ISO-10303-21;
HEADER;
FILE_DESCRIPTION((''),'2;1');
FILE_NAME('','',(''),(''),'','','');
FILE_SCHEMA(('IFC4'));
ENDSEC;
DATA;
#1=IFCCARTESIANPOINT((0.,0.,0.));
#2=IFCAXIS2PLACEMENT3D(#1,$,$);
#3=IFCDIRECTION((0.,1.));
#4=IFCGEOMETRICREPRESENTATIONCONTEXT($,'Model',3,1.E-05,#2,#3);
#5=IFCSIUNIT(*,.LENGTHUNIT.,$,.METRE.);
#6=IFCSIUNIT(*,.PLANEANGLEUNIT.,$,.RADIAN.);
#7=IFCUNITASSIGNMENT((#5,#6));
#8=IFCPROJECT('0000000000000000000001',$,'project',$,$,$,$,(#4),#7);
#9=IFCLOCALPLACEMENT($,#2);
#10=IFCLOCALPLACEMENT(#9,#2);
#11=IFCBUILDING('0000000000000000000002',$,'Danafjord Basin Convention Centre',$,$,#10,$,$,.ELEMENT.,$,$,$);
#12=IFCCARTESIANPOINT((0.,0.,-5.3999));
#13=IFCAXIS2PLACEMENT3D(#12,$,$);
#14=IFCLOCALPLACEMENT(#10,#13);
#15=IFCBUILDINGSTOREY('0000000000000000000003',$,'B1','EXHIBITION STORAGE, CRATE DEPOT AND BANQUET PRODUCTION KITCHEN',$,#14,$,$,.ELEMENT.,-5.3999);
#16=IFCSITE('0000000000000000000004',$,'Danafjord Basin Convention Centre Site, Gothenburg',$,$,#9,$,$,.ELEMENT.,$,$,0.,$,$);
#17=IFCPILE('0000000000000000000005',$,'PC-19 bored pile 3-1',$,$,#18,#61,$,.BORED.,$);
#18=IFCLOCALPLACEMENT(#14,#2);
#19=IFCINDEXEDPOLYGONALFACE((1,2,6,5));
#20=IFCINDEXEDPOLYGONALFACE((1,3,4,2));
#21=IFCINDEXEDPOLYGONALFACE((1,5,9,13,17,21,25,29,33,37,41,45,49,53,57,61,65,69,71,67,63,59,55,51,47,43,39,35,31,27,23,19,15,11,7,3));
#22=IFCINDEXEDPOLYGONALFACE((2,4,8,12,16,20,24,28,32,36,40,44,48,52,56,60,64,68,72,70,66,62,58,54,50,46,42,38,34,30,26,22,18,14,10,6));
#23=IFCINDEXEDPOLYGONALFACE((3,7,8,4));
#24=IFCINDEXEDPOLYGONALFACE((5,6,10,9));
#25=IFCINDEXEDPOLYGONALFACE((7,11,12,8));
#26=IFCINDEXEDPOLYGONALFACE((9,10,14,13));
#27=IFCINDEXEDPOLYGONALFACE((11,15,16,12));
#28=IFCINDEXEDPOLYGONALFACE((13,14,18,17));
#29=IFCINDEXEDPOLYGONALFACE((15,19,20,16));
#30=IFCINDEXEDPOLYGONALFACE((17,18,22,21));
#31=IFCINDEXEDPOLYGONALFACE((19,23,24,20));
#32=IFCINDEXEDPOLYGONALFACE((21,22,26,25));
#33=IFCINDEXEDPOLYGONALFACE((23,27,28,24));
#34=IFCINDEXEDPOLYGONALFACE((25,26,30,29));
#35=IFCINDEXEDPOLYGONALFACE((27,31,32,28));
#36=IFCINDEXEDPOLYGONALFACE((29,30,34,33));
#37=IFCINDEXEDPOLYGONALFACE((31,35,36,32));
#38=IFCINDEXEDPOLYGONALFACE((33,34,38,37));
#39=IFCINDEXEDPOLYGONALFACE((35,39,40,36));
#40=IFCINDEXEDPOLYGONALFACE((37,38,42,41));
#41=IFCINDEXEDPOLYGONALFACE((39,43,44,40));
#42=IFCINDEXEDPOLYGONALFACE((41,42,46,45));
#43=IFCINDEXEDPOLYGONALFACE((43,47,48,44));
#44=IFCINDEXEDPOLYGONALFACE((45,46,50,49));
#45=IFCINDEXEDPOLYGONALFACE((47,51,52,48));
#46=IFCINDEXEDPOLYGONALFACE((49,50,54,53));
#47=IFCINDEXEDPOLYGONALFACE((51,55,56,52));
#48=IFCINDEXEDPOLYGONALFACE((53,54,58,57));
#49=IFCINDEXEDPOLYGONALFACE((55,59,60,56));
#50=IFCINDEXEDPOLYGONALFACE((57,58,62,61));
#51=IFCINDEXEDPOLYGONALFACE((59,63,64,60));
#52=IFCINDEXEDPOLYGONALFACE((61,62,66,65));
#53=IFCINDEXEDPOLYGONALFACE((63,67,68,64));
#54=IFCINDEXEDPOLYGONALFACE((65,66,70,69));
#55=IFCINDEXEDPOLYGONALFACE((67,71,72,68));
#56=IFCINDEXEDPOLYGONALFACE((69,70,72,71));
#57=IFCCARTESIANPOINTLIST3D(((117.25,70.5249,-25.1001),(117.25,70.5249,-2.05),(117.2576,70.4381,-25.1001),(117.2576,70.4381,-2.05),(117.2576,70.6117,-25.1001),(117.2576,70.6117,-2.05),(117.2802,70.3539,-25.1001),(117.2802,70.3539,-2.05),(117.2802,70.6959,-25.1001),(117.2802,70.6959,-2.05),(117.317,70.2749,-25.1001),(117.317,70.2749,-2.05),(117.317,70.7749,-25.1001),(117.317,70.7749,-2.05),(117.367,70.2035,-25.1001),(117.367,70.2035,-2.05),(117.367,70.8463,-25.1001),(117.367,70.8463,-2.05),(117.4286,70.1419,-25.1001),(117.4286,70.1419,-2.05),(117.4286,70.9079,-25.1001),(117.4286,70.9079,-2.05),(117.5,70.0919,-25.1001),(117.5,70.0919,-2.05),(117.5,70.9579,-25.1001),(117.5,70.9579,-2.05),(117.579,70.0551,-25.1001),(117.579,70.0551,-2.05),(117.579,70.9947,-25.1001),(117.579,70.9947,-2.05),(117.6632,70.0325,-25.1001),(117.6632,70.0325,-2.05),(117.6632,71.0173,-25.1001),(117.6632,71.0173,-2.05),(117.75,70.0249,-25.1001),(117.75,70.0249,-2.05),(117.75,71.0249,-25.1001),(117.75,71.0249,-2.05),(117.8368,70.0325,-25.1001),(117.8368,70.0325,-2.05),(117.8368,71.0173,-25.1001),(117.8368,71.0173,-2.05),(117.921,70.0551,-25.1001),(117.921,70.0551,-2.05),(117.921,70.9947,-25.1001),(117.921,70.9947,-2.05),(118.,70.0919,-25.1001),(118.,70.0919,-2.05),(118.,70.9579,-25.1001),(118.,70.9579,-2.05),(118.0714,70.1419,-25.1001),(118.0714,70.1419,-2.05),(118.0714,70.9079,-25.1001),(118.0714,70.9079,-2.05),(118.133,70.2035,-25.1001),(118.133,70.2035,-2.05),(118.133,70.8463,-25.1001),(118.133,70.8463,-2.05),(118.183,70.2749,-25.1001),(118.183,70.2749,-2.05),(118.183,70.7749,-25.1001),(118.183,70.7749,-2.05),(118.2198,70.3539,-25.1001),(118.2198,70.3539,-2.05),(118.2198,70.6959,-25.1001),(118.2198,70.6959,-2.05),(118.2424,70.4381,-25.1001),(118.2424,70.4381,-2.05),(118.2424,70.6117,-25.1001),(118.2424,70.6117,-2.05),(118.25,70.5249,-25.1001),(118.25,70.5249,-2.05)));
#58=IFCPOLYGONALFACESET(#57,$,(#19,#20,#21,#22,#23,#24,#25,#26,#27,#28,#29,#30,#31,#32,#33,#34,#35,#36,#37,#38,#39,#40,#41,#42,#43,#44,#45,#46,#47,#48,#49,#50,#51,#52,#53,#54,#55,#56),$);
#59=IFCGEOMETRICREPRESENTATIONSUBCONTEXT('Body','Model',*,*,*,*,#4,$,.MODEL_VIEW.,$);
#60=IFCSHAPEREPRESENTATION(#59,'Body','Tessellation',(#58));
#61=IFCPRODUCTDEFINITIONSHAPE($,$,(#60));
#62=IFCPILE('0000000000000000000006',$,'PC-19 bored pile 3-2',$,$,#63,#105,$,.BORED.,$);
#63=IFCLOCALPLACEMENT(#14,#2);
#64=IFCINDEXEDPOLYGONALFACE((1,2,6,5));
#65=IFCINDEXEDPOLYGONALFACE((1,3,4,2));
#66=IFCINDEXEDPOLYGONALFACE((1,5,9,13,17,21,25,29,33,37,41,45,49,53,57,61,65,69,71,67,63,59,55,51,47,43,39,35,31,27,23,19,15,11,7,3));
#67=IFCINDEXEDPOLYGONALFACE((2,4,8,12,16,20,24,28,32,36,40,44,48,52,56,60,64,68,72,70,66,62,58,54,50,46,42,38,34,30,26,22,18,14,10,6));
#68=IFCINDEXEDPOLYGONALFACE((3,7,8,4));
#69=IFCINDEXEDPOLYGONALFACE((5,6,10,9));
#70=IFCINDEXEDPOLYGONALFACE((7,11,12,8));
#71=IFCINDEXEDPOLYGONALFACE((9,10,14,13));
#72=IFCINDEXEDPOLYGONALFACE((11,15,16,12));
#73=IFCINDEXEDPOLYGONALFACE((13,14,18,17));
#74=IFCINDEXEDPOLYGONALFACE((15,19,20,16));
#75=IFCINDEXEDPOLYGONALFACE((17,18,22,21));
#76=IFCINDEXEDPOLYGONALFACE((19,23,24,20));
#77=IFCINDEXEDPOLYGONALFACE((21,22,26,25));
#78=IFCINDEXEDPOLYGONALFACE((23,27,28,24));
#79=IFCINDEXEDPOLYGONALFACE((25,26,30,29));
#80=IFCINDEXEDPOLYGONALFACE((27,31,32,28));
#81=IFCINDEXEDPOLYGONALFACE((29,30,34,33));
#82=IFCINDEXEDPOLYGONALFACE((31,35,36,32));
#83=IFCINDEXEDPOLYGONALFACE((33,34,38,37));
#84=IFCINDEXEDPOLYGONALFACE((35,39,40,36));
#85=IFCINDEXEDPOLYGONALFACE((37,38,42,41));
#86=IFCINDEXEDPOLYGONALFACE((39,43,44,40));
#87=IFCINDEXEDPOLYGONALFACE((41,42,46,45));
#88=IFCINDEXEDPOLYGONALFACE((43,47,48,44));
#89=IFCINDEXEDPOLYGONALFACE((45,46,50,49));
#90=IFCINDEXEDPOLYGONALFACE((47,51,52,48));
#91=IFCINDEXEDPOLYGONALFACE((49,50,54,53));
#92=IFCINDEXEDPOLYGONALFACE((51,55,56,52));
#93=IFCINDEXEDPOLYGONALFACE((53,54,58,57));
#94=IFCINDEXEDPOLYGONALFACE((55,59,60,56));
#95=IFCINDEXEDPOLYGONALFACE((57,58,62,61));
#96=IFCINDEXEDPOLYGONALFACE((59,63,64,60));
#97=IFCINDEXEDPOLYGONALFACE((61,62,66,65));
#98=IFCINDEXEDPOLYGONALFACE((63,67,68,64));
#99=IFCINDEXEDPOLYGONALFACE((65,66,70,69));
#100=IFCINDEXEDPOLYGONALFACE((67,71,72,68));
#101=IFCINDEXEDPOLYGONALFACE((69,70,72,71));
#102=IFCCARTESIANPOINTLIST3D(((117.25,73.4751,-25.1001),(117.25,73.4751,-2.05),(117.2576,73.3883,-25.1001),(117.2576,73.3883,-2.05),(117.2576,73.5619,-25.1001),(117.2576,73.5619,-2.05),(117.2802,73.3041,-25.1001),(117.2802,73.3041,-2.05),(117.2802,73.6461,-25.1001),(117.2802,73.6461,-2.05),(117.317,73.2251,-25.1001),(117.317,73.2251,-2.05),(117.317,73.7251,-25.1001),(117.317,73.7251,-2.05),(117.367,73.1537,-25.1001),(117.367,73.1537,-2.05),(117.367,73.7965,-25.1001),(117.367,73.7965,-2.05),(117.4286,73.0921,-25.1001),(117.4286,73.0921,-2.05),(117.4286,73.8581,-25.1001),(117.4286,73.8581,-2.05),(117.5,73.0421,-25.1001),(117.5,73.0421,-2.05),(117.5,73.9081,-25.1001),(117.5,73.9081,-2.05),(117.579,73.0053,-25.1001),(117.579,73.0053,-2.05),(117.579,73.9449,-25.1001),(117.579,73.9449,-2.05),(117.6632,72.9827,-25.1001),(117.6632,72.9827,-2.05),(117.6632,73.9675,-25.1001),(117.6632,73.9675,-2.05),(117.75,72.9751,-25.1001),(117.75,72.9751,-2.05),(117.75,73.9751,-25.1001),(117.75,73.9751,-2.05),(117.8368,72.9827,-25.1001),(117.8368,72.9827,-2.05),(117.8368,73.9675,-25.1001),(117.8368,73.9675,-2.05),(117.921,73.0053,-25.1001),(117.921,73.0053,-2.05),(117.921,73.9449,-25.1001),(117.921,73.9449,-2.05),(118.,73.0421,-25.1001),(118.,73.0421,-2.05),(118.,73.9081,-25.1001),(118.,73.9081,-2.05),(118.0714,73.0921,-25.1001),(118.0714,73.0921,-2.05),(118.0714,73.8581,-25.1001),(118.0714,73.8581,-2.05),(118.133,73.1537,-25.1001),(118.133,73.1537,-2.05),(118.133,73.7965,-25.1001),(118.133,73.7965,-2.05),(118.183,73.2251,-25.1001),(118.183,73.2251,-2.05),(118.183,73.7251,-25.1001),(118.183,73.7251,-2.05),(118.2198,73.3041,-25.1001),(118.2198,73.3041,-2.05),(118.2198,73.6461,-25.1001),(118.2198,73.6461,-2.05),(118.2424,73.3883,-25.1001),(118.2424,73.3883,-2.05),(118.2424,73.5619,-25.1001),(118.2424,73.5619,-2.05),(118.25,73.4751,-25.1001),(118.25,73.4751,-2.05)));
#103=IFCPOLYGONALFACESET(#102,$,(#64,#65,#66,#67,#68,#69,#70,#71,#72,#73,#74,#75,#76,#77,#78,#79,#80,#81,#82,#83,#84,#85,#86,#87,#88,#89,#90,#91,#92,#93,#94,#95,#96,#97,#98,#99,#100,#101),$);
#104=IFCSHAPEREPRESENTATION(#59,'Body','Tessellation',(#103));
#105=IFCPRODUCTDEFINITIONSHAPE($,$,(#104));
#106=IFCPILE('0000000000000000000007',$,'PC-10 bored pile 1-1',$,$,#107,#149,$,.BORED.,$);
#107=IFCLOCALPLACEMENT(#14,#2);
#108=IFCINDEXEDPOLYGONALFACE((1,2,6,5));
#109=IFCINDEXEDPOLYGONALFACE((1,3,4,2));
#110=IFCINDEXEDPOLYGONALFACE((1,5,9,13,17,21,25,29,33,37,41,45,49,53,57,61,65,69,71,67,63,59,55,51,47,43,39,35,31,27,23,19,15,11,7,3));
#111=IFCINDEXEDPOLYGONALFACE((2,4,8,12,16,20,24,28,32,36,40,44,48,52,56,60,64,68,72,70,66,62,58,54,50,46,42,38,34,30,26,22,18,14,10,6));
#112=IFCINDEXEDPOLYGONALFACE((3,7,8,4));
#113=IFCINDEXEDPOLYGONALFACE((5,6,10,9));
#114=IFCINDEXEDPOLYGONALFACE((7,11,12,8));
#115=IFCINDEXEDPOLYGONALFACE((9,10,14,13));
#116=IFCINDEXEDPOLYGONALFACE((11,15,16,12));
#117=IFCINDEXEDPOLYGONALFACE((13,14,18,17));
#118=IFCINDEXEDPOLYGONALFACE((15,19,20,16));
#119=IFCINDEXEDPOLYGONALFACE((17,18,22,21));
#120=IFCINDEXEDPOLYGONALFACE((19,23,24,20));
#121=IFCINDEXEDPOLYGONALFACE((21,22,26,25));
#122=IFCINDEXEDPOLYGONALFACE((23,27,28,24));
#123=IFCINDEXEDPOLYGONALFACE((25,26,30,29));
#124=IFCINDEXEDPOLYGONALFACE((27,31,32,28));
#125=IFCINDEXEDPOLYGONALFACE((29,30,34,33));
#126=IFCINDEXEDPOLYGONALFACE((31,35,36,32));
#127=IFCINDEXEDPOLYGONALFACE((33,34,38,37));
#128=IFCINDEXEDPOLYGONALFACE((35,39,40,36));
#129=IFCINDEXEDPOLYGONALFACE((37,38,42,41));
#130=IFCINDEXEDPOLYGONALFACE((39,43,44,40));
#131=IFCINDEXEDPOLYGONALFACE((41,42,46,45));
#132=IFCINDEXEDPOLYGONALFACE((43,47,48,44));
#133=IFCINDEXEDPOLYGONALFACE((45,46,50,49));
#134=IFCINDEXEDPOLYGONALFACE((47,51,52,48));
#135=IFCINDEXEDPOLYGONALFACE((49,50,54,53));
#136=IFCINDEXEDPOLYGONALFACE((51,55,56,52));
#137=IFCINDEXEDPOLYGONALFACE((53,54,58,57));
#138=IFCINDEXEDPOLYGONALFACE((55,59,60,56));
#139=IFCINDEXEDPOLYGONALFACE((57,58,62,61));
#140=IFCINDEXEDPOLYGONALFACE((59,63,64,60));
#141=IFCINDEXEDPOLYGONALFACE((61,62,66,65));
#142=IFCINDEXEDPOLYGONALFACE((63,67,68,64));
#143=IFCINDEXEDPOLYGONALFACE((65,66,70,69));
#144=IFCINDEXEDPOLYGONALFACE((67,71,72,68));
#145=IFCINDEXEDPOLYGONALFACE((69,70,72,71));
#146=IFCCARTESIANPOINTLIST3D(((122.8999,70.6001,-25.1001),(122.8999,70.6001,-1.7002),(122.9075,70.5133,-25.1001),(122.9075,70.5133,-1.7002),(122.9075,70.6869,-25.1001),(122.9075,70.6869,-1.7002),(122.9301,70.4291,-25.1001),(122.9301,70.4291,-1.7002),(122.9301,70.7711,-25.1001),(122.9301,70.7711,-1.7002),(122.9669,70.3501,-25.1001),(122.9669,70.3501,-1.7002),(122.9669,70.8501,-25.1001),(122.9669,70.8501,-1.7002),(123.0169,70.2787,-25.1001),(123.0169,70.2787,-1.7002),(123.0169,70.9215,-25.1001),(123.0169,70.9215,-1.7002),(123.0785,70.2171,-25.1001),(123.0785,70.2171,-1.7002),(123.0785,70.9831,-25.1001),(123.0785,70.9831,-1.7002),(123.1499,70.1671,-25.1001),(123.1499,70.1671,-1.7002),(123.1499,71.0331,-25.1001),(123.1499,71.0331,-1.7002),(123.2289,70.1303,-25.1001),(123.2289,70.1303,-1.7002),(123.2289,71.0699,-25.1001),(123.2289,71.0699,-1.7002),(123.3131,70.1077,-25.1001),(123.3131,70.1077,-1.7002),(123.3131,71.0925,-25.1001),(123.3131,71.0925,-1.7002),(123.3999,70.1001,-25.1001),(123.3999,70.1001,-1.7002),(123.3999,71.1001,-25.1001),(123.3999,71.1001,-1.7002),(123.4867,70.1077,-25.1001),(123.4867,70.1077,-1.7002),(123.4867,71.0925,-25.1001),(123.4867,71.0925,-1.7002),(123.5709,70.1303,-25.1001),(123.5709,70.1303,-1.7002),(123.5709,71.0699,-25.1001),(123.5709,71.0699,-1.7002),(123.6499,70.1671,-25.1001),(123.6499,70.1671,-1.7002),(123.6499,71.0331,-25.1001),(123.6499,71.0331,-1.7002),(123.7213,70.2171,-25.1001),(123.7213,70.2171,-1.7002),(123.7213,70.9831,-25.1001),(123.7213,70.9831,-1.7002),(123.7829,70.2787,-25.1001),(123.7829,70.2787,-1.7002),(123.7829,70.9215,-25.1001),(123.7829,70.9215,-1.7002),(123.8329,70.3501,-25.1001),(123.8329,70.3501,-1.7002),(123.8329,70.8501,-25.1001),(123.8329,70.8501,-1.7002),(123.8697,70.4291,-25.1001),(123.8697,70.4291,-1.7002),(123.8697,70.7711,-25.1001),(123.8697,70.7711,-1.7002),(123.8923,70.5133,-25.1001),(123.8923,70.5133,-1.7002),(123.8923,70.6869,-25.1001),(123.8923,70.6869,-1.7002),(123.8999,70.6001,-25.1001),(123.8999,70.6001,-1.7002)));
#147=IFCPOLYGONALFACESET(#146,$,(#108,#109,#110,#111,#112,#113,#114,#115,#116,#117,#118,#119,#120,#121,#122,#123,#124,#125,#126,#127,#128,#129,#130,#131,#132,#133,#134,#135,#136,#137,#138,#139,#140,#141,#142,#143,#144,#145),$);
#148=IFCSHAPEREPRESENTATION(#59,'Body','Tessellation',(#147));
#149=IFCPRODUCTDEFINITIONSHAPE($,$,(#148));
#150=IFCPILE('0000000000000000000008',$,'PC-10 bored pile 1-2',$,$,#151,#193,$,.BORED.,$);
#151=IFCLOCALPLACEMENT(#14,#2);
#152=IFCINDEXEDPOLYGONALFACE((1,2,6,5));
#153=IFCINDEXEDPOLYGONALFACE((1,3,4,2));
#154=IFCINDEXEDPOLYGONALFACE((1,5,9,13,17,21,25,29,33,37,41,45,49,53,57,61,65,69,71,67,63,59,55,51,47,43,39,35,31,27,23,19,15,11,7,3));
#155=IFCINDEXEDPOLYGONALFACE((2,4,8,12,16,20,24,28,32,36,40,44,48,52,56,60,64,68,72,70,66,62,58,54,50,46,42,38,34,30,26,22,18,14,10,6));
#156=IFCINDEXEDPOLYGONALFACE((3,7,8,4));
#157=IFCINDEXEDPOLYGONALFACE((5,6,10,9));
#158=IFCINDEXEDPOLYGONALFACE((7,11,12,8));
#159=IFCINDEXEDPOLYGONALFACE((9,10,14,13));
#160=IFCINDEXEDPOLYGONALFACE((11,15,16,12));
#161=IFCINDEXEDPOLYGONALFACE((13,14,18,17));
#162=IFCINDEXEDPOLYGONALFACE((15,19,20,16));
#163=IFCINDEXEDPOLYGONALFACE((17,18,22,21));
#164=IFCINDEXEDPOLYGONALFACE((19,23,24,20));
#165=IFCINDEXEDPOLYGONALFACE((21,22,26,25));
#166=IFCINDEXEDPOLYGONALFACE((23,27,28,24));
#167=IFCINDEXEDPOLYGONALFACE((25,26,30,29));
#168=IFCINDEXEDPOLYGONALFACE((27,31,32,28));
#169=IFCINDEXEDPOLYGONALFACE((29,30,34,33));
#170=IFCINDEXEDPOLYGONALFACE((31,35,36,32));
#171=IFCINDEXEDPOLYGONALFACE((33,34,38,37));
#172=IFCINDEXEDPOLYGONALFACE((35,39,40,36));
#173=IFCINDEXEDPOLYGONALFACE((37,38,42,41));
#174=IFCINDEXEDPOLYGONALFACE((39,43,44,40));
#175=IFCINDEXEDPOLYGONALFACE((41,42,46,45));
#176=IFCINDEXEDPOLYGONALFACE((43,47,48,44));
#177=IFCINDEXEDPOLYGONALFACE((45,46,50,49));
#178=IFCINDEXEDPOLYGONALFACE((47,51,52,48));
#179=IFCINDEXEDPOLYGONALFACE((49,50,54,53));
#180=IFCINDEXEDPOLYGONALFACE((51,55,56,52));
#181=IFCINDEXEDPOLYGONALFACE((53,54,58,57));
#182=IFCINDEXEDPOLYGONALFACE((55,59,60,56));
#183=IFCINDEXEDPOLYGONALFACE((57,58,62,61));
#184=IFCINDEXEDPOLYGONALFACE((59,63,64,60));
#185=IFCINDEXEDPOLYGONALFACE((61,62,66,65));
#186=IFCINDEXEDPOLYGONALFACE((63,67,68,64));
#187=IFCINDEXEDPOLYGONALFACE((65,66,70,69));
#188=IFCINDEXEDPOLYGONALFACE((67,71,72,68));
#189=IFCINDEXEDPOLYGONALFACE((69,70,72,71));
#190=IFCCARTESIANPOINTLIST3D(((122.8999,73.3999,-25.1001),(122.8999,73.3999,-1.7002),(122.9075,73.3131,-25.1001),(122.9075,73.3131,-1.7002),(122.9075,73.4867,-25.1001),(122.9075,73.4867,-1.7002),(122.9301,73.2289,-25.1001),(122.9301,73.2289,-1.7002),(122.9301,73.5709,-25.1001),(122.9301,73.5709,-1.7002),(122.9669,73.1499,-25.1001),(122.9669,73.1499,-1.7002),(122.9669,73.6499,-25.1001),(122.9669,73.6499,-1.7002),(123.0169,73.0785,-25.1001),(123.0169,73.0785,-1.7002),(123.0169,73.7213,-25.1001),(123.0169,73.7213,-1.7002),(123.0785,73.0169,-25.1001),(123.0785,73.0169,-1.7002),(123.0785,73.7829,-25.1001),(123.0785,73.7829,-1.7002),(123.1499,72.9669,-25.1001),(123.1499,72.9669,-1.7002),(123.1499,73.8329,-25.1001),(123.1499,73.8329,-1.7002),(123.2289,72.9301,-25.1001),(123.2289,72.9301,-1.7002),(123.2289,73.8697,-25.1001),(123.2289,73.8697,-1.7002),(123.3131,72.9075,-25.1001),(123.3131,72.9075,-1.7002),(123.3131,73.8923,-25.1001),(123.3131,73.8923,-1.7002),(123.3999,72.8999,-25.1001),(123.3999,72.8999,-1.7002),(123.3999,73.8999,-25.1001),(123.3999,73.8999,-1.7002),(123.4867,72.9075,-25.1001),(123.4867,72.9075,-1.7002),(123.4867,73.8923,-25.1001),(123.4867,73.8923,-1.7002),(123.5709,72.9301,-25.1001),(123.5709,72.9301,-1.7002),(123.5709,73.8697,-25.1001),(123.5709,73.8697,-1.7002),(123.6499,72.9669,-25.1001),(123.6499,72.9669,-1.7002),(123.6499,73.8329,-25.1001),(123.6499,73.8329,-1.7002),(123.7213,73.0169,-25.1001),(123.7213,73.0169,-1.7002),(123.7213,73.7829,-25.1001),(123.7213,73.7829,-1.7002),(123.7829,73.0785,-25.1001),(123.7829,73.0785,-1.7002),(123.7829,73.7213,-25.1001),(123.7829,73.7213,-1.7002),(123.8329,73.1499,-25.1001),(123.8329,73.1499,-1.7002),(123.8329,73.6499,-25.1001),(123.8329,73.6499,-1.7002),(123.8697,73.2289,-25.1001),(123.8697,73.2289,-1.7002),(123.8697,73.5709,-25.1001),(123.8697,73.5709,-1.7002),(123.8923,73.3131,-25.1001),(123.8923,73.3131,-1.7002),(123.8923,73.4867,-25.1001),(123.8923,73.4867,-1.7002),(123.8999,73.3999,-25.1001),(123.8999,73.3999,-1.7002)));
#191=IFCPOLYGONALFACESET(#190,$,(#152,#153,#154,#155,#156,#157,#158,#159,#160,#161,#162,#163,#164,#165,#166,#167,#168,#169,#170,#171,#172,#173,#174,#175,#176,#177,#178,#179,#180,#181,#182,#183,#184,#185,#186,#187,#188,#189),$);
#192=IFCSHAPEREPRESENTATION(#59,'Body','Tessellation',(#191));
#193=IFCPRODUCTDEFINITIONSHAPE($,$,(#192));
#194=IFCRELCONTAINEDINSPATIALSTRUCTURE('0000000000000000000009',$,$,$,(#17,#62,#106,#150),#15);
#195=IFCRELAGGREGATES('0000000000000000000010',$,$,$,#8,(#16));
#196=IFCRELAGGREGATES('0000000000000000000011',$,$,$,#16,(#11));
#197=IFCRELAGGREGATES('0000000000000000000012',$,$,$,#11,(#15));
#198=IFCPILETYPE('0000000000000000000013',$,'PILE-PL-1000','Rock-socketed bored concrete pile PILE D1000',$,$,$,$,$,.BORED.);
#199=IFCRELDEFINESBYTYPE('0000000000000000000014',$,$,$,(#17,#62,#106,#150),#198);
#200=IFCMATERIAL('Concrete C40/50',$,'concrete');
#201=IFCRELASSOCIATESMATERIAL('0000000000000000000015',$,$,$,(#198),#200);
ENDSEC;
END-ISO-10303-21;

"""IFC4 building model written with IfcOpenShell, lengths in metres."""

from ifc_helpers import new_model, si_unit, direction, frame, origin, origin_2d, place, context, subcontext, project, spatial, circle, extrude, material, material_profile, profile_set, type_object, element, save


model = new_model("IFC4")

# Units and contexts
model_context = context("Model", 3, precision=1e-05, world=origin(), true_north=direction((0.0, 1.0)))
body_context = subcontext(model_context, "Body", "Model", "MODEL_VIEW")
ifc_project = project(units=[si_unit("LENGTHUNIT", "METRE"), si_unit("PLANEANGLEUNIT", "RADIAN")], contexts=[model_context])

# Site, building, storey
site_placement = place(None, origin())
site = spatial("IfcSite", under=ifc_project, at=site_placement, Name="Danafjord Basin Convention Centre Site, Gothenburg", CompositionType="ELEMENT", RefElevation=0.0)
building_placement = place(site_placement, origin())
building = spatial("IfcBuilding", under=site, at=building_placement, Name="Danafjord Basin Convention Centre", CompositionType="ELEMENT")
storey_placement = place(building_placement, frame((0.0, 0.0, -5.3999)))
storey = spatial("IfcBuildingStorey", under=building, at=storey_placement, Name="B1", Description="EXHIBITION STORAGE, CRATE DEPOT AND BANQUET PRODUCTION KITCHEN", CompositionType="ELEMENT", Elevation=-5.3999)

# Shared definitions
ifc_material_1 = material(Name="Concrete C40/50", Category="concrete")

# Piles
ifc_material_profile_1 = material_profile(ifc_material_1, circle(Radius=0.5, at=origin_2d()), Name="PILE D1000")
ifc_profile_set_1 = profile_set([ifc_material_profile_1], Name="Concrete C40/50")
pile_type_1 = type_object("IfcPileType", Name="PILE-PL-1000", Description="Rock-socketed bored concrete pile PILE D1000", PredefinedType="BORED", material=ifc_profile_set_1)
for number, where, z_axis, x_axis, name in (
    (1, (117.75, 70.5249, -2.05), (0.0, 0.0, -1.0), (1.0, 0.0, 0.0), "PC-19 bored pile 3-1"),
    (2, (117.75, 73.4751, -2.05), (0.0, 0.0, -1.0), (1.0, 0.0, 0.0), "PC-19 bored pile 3-2"),
):
    element("IfcPile", number, at=place(storey_placement, frame(where, z_axis=z_axis, x_axis=x_axis)), inside=storey, type_object=pile_type_1, Name=name, PredefinedType="BORED", context=body_context, shape_type="SweptSolid", body=[
        extrude(circle(Radius=0.5, at=origin_2d()), origin(), (0.0, 0.0, 1.0), 23.05),
    ])
for number, where, z_axis, x_axis, name in (
    (3, (123.3999, 70.6001, -1.7002), (0.0, 0.0, -1.0), (1.0, 0.0, 0.0), "PC-10 bored pile 1-1"),
    (4, (123.3999, 73.3999, -1.7002), (0.0, 0.0, -1.0), (1.0, 0.0, 0.0), "PC-10 bored pile 1-2"),
):
    element("IfcPile", number, at=place(storey_placement, frame(where, z_axis=z_axis, x_axis=x_axis)), inside=storey, type_object=pile_type_1, Name=name, PredefinedType="BORED", context=body_context, shape_type="SweptSolid", body=[
        extrude(circle(Radius=0.5, at=origin_2d()), origin(), (0.0, 0.0, 1.0), 23.3999),
    ])

save(model, "model.ifc")
